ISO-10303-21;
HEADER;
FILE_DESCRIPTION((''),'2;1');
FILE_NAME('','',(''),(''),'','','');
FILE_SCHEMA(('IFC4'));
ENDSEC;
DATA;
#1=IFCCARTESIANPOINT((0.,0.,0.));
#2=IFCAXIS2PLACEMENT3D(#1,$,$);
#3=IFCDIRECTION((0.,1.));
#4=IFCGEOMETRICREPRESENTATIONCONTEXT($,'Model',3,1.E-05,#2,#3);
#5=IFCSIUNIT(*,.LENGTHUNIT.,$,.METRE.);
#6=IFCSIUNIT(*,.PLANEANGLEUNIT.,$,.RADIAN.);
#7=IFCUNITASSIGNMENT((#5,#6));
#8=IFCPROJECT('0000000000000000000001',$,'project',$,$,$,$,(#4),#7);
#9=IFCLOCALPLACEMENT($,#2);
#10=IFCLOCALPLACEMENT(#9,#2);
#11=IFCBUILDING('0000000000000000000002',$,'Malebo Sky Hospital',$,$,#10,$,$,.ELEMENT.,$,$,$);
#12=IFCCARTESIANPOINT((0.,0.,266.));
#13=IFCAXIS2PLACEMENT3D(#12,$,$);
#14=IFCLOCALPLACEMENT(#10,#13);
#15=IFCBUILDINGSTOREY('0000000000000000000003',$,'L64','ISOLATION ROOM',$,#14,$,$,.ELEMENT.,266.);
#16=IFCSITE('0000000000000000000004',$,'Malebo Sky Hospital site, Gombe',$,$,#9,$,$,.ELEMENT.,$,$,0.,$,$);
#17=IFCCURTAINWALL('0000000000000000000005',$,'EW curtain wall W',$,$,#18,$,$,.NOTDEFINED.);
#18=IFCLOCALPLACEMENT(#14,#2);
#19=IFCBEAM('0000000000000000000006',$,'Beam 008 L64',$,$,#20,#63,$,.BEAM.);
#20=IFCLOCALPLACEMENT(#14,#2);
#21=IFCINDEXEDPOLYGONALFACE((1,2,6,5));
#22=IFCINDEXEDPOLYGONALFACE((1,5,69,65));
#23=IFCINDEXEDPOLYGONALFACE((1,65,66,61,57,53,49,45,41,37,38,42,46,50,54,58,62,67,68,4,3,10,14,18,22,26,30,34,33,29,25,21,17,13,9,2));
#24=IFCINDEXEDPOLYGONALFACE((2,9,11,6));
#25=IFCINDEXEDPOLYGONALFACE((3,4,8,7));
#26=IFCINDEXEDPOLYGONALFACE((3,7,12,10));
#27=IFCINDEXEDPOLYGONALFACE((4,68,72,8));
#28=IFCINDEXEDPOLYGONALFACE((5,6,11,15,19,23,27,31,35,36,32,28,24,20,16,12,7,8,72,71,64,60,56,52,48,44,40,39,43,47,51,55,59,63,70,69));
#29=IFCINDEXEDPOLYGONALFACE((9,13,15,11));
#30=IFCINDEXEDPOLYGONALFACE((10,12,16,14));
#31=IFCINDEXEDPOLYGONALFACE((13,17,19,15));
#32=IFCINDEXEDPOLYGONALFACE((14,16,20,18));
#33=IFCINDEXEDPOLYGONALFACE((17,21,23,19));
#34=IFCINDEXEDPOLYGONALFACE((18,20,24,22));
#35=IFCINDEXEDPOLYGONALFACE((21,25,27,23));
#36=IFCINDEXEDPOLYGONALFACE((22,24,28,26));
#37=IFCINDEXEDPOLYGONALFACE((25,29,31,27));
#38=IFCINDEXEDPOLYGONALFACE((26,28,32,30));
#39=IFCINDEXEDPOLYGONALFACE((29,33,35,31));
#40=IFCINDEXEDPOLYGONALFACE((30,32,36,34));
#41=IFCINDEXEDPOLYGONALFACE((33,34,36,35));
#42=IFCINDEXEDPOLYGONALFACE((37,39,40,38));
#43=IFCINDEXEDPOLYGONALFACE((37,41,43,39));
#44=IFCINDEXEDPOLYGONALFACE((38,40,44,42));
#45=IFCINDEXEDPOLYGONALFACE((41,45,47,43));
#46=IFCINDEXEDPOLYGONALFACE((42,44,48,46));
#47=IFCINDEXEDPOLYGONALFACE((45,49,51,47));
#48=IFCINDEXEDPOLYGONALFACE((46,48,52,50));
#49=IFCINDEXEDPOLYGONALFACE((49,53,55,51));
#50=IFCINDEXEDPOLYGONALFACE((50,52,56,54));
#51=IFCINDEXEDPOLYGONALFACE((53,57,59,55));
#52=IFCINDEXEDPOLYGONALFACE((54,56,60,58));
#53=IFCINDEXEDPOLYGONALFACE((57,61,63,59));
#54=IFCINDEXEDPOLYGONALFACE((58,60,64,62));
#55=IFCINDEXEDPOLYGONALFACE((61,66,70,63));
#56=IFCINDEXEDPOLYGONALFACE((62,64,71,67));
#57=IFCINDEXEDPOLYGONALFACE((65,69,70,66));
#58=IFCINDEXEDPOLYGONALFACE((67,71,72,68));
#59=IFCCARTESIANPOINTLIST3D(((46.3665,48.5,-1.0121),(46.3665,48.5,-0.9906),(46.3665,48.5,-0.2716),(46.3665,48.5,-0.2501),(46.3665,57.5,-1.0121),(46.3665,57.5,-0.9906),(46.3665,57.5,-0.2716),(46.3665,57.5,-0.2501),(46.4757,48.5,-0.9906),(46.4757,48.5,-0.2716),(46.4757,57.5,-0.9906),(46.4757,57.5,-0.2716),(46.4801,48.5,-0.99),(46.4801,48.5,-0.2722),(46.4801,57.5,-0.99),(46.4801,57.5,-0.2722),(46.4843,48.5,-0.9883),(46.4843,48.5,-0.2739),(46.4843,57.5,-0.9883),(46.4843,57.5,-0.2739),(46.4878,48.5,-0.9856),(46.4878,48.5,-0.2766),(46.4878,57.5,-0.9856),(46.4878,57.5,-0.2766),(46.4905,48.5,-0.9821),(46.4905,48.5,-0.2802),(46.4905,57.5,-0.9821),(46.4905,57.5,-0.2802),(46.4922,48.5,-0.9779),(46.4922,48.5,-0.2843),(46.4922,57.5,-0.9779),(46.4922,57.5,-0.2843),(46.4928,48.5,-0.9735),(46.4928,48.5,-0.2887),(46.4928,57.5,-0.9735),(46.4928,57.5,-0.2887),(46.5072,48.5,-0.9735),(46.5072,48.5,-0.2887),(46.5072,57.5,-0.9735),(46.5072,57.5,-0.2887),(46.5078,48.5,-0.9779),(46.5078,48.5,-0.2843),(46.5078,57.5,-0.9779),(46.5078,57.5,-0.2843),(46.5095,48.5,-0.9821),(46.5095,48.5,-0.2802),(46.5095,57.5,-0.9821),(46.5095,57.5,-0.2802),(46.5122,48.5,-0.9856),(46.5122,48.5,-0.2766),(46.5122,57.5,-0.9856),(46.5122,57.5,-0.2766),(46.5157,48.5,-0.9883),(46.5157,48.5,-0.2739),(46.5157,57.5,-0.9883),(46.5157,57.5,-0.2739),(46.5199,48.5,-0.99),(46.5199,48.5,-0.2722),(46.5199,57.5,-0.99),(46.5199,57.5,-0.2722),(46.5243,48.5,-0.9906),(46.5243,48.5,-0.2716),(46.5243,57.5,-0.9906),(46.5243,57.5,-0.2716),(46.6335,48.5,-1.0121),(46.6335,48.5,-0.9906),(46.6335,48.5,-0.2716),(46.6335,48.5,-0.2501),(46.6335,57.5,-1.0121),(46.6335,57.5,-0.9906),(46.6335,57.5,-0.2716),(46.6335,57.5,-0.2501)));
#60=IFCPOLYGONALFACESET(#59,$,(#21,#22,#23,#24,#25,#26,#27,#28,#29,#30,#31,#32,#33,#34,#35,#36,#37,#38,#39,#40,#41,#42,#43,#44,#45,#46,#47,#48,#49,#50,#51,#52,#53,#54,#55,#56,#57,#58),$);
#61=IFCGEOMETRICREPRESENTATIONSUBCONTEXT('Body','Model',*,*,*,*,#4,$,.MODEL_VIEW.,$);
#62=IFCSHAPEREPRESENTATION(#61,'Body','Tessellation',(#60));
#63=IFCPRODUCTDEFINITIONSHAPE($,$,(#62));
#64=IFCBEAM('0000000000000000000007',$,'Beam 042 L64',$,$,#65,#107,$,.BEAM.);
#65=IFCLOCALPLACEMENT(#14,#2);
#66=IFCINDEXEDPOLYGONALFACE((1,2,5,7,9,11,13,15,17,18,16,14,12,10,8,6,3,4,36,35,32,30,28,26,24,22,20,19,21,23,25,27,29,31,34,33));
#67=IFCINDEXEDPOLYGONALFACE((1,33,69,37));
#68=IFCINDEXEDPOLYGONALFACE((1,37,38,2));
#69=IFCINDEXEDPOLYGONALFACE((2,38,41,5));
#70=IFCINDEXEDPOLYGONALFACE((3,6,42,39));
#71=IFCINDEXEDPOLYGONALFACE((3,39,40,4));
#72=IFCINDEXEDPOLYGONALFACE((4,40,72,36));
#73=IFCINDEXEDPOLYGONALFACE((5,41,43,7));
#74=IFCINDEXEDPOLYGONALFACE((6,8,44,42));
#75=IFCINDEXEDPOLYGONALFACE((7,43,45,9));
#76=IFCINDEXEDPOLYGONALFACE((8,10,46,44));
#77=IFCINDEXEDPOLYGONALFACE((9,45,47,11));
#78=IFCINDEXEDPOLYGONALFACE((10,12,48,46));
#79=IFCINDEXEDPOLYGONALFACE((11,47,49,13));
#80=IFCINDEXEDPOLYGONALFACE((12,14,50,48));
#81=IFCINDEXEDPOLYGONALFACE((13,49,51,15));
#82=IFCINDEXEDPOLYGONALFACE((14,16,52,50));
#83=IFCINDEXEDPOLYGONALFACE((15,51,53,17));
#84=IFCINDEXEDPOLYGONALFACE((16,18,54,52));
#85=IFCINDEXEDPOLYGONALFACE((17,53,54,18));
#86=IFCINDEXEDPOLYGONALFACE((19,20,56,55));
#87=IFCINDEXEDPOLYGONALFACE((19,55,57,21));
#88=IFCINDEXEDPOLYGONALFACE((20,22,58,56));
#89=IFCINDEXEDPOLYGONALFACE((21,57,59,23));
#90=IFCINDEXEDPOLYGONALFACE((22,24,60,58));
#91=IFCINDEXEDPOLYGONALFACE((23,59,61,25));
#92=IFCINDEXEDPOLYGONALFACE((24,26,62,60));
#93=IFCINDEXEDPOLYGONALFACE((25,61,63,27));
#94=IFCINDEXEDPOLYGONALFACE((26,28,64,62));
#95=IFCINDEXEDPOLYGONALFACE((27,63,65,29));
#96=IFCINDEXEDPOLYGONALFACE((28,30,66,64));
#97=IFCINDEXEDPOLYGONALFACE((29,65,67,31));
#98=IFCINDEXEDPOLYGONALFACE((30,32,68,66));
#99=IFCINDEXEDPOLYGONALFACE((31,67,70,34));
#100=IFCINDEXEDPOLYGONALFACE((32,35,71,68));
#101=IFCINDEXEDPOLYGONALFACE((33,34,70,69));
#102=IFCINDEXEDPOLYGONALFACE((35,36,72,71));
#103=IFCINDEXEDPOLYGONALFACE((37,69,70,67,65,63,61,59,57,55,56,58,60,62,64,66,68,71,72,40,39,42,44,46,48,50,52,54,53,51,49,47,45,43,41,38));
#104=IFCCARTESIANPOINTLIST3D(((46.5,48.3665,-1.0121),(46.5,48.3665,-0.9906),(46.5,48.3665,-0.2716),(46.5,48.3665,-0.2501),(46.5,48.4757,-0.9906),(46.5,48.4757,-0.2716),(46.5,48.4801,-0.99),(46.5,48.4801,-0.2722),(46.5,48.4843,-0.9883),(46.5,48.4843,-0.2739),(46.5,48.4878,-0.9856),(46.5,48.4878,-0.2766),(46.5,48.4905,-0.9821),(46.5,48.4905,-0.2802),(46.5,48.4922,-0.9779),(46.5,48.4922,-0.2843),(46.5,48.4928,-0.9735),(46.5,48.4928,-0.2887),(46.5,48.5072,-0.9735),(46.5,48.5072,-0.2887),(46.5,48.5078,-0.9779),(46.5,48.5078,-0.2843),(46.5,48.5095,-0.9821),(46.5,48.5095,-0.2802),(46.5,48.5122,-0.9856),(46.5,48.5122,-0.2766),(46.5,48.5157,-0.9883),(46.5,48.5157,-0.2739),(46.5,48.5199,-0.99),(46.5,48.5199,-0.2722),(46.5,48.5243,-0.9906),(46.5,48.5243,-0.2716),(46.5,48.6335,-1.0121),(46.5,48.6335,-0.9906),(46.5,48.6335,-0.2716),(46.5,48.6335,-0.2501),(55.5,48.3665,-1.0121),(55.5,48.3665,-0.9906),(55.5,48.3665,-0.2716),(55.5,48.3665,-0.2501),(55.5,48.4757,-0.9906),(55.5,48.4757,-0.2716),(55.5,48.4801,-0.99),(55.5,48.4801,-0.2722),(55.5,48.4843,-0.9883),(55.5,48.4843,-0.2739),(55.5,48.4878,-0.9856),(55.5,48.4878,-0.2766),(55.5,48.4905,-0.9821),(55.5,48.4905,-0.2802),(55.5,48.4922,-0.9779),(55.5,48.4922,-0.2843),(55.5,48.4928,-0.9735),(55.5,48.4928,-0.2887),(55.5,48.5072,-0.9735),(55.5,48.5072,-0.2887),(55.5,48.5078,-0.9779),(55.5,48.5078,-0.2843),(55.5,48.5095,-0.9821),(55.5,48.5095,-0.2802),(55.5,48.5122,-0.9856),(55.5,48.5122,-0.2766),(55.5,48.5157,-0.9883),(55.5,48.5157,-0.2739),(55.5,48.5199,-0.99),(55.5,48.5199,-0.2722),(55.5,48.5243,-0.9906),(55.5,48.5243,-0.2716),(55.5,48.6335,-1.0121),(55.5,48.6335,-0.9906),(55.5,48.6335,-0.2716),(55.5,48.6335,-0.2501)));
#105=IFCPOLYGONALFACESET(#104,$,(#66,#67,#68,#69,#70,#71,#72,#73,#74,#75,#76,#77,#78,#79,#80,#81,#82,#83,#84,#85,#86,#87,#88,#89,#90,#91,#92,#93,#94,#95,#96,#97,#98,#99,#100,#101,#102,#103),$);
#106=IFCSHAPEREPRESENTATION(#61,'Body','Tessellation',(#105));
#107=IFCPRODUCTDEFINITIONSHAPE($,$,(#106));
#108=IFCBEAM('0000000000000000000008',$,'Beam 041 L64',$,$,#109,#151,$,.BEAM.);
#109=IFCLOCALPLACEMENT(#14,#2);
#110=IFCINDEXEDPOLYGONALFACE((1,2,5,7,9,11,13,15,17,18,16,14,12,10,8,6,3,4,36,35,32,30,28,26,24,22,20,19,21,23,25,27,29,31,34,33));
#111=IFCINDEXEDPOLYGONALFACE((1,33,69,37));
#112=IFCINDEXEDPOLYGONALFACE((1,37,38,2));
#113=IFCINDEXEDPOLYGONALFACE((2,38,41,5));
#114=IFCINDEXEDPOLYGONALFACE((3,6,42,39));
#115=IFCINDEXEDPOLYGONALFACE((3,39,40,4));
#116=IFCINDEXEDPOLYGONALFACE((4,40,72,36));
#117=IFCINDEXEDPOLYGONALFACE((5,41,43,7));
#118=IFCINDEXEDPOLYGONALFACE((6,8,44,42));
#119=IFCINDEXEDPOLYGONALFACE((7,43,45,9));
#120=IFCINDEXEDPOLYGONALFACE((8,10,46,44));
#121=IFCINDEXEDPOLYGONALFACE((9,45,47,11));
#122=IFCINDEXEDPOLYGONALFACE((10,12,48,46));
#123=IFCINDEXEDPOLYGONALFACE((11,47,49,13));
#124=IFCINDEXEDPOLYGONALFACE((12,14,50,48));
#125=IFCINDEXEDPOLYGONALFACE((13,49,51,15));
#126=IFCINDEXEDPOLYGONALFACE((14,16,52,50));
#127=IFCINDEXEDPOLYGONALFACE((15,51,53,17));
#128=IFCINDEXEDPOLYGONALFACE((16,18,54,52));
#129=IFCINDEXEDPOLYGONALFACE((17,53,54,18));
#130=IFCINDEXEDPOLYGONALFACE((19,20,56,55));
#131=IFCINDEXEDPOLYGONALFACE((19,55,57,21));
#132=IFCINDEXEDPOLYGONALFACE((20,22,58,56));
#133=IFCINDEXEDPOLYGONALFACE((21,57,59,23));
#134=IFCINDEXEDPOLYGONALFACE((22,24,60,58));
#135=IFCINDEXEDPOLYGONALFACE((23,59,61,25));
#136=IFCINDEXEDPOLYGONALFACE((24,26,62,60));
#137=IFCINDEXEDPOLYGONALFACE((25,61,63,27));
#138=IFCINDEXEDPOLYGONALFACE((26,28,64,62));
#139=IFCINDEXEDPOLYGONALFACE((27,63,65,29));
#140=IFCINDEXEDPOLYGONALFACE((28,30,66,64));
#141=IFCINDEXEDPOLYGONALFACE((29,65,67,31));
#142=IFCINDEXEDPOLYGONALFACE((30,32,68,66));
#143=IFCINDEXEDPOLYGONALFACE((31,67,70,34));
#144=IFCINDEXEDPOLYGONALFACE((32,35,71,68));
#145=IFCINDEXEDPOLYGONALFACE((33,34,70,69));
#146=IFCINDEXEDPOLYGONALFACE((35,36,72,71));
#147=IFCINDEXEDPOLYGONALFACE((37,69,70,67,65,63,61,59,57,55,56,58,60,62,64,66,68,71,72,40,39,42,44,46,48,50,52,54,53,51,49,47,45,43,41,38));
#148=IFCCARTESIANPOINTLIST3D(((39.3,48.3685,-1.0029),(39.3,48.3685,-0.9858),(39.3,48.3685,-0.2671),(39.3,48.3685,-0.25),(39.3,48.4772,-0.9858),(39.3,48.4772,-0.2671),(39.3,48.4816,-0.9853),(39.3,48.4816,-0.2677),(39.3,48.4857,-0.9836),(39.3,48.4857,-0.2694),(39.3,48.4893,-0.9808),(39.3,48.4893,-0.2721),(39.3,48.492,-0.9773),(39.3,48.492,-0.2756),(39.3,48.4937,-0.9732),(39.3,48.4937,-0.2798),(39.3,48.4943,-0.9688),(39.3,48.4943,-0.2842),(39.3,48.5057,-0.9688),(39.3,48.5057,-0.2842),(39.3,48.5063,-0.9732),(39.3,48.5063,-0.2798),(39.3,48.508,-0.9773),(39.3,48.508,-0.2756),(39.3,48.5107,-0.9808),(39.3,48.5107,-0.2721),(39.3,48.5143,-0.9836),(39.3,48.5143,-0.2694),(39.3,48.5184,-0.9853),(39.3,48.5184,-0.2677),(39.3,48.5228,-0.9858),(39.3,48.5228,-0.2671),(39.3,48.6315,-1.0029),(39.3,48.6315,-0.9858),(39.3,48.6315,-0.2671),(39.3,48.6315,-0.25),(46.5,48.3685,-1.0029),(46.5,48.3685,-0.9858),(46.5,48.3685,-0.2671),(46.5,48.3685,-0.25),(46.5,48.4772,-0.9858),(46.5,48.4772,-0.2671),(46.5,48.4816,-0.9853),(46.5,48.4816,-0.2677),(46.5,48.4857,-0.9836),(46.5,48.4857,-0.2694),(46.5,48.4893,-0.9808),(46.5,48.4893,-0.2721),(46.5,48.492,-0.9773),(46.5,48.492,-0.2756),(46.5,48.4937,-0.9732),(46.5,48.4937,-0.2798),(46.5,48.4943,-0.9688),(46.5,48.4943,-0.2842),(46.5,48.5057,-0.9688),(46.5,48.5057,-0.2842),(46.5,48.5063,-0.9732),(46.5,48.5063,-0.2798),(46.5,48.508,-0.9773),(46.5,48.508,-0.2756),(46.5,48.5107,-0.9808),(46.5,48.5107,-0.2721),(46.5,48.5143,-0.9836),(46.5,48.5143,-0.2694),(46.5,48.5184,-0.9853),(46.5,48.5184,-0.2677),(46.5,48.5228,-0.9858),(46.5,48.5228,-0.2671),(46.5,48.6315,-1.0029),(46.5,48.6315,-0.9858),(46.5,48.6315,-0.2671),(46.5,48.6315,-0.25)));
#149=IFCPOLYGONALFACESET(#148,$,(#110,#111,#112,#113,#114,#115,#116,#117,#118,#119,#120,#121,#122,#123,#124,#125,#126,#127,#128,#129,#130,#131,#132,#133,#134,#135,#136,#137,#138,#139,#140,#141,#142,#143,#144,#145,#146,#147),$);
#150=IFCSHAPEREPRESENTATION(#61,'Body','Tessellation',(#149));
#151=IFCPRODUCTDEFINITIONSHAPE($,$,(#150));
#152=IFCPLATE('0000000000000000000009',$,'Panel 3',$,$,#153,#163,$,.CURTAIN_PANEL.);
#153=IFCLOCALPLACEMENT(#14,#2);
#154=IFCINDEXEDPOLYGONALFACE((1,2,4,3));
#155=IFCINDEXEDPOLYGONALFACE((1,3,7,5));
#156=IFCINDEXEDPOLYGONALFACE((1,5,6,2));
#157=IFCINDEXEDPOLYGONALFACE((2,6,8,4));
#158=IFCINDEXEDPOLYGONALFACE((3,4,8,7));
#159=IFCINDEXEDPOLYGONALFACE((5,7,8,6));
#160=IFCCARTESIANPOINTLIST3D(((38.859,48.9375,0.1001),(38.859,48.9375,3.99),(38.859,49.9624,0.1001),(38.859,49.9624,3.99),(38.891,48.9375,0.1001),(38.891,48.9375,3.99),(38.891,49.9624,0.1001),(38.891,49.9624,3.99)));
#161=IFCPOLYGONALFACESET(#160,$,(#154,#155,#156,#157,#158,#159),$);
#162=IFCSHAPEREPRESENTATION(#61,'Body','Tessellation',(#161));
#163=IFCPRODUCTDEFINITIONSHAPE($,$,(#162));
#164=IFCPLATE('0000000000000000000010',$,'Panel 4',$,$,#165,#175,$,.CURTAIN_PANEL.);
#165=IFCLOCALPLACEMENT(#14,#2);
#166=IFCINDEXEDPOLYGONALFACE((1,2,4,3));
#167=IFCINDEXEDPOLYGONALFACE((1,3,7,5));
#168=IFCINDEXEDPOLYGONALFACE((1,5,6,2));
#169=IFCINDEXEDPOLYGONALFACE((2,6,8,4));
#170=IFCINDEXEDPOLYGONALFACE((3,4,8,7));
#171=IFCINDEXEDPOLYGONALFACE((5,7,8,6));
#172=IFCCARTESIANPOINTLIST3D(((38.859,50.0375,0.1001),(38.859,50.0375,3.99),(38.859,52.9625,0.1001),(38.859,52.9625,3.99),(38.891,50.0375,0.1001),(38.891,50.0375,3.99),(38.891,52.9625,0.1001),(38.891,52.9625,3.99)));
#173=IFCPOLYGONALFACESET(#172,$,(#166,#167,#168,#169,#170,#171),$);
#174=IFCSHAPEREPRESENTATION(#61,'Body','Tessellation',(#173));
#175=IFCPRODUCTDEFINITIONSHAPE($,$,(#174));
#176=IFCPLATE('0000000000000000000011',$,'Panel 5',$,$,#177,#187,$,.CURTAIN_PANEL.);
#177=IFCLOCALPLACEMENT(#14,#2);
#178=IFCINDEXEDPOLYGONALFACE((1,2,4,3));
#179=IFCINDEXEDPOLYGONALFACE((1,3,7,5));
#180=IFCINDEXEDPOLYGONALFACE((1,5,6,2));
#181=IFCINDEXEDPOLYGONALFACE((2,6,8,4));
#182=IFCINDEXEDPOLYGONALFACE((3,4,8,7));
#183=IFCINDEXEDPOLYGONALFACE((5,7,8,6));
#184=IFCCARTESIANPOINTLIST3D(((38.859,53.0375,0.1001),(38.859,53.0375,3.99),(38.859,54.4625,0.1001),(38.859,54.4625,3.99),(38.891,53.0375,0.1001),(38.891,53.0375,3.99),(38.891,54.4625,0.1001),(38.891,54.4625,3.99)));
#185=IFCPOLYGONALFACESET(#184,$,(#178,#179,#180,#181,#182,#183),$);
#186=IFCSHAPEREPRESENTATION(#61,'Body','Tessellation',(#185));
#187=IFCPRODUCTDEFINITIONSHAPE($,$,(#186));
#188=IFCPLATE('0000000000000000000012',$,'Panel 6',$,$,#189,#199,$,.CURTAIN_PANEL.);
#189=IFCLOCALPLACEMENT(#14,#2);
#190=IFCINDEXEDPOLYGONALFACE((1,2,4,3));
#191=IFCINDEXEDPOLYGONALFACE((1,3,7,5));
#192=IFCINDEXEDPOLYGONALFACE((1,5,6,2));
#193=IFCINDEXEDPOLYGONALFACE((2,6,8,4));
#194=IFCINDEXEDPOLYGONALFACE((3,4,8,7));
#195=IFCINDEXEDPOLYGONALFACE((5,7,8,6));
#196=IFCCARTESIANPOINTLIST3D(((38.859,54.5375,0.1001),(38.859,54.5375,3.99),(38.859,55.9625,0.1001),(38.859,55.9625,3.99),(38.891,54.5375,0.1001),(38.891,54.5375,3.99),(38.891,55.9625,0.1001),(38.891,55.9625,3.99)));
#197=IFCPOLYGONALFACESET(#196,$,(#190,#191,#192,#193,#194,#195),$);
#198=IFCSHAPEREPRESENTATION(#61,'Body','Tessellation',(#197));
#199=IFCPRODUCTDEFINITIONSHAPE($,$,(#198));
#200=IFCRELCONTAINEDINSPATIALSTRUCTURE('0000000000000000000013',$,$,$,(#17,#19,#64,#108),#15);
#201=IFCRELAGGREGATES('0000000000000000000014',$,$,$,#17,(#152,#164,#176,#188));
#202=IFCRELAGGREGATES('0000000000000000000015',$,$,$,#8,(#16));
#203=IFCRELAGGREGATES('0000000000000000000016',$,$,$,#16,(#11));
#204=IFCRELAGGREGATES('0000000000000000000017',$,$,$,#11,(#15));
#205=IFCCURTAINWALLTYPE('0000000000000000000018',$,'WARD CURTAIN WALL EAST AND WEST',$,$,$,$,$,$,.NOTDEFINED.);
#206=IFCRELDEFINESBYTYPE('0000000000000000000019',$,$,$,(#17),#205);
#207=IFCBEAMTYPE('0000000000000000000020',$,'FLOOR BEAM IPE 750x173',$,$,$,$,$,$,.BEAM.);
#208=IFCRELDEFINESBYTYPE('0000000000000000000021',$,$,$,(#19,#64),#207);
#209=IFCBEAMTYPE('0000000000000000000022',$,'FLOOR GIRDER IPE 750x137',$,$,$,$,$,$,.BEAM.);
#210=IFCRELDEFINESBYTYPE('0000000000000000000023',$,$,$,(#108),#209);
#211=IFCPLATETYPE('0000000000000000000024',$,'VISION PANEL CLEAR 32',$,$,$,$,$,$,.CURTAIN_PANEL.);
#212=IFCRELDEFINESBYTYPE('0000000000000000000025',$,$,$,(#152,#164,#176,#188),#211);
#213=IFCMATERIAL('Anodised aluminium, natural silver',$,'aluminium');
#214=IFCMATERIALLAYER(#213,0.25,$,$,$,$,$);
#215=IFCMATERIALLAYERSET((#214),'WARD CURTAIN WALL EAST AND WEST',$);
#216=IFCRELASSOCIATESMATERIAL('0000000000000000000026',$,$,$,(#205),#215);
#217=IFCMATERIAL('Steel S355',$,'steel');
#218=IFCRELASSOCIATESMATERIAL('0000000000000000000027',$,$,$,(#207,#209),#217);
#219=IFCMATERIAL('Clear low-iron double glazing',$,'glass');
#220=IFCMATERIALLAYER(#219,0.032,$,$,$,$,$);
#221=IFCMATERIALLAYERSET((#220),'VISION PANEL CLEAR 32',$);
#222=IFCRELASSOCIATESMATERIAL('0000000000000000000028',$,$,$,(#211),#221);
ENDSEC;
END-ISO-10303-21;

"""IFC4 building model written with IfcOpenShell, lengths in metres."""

from ifc_helpers import new_model, si_unit, direction, frame, origin, origin_2d, place, context, subcontext, project, spatial, rectangle, i_section, extrude, material, layer, layer_set, material_profile, profile_set, type_object, element, aggregate, save


model = new_model("IFC4")

# Units and contexts
model_context = context("Model", 3, precision=1e-05, world=origin(), true_north=direction((0.0, 1.0)))
body_context = subcontext(model_context, "Body", "Model", "MODEL_VIEW")
ifc_project = project(units=[si_unit("LENGTHUNIT", "METRE"), si_unit("PLANEANGLEUNIT", "RADIAN")], contexts=[model_context])

# Site, building, storey
site_placement = place(None, origin())
site = spatial("IfcSite", under=ifc_project, at=site_placement, Name="Malebo Sky Hospital site, Gombe", CompositionType="ELEMENT", RefElevation=0.0)
building_placement = place(site_placement, origin())
building = spatial("IfcBuilding", under=site, at=building_placement, Name="Malebo Sky Hospital", CompositionType="ELEMENT")
storey_placement = place(building_placement, frame((0.0, 0.0, 266.0)))
storey = spatial("IfcBuildingStorey", under=building, at=storey_placement, Name="L64", Description="ISOLATION ROOM", CompositionType="ELEMENT", Elevation=266.0)

# Curtain wall
ifc_material_1 = material(Name="Anodised aluminium, natural silver", Category="aluminium")
ifc_layer_1 = layer(ifc_material_1, 0.25)
ifc_layer_set_1 = layer_set([ifc_layer_1], Name="WARD CURTAIN WALL EAST AND WEST")
curtain_wall_type = type_object("IfcCurtainWallType", Name="WARD CURTAIN WALL EAST AND WEST", PredefinedType="NOTDEFINED", material=ifc_layer_set_1)
curtain_wall_placement = place(storey_placement, origin())
curtain_wall = element("IfcCurtainWall", 1, at=curtain_wall_placement, inside=storey, type_object=curtain_wall_type, Name="EW curtain wall W", PredefinedType="NOTDEFINED")

# Shared definitions
ifc_material_2 = material(Name="Steel S355", Category="steel")

# Beams
ifc_material_profile_1 = material_profile(ifc_material_2, i_section(OverallWidth=0.2671, OverallDepth=0.762, WebThickness=0.0144, FlangeThickness=0.0215, FilletRadius=0.0171, at=origin_2d()), Name="IPE 750x173")
ifc_profile_set_1 = profile_set([ifc_material_profile_1], Name="Steel S355")
beam_type_1 = type_object("IfcBeamType", Name="FLOOR BEAM IPE 750x173", PredefinedType="BEAM", material=ifc_profile_set_1)
for number, where, z_axis, x_axis, name in (
    (2, (46.5, 48.5, -0.6311), (0.0, 1.0, 0.0), (-1.0, 0.0, 0.0), "Beam 008 L64"),
    (3, (46.5, 48.5, -0.6311), (1.0, 0.0, 0.0), (0.0, 1.0, 0.0), "Beam 042 L64"),
):
    element("IfcBeam", number, at=place(storey_placement, frame(where, z_axis=z_axis, x_axis=x_axis)), inside=storey, type_object=beam_type_1, Name=name, PredefinedType="BEAM", context=body_context, shape_type="SweptSolid", body=[
        extrude(i_section(OverallWidth=0.2671, OverallDepth=0.762, WebThickness=0.0144, FlangeThickness=0.0215, FilletRadius=0.0171, at=origin_2d()), origin(), (0.0, 0.0, 1.0), 9.0),
    ])
ifc_material_profile_2 = material_profile(ifc_material_2, i_section(OverallWidth=0.2629, OverallDepth=0.7529, WebThickness=0.0115, FlangeThickness=0.0171, FilletRadius=0.0171, at=origin_2d()), Name="IPE 750x137")
ifc_profile_set_2 = profile_set([ifc_material_profile_2], Name="Steel S355")
beam_type_2 = type_object("IfcBeamType", Name="FLOOR GIRDER IPE 750x137", PredefinedType="BEAM", material=ifc_profile_set_2)
beam_1_placement = place(storey_placement, frame((39.3, 48.5, -0.6265), z_axis=(1.0, 0.0, 0.0), x_axis=(0.0, 1.0, 0.0)))
element("IfcBeam", 4, at=beam_1_placement, inside=storey, type_object=beam_type_2, Name="Beam 041 L64", PredefinedType="BEAM", context=body_context, shape_type="SweptSolid", body=[
    extrude(i_section(OverallWidth=0.2629, OverallDepth=0.7529, WebThickness=0.0115, FlangeThickness=0.0171, FilletRadius=0.0171, at=origin_2d()), origin(), (0.0, 0.0, 1.0), 7.2),
])

# Plates
ifc_material_3 = material(Name="Clear low-iron double glazing", Category="glass")
ifc_layer_2 = layer(ifc_material_3, 0.032)
ifc_layer_set_2 = layer_set([ifc_layer_2], Name="VISION PANEL CLEAR 32")
plate_type = type_object("IfcPlateType", Name="VISION PANEL CLEAR 32", PredefinedType="CURTAIN_PANEL", material=ifc_layer_set_2)
plate_1_placement = place(storey_placement, frame((38.875, 49.45, 0.1001), z_axis=(0.0, 0.0, 1.0), x_axis=(0.0, 1.0, 0.0)))
plate_1 = element("IfcPlate", 5, at=plate_1_placement, type_object=plate_type, Name="Panel 3", PredefinedType="CURTAIN_PANEL", context=body_context, shape_type="SweptSolid", body=[
    extrude(rectangle(XDim=1.0249, YDim=0.032, at=origin_2d()), origin(), (0.0, 0.0, 1.0), 3.8899),
])
plate_2_placement = place(storey_placement, frame((38.875, 51.5, 0.1001), z_axis=(0.0, 0.0, 1.0), x_axis=(0.0, 1.0, 0.0)))
plate_2 = element("IfcPlate", 6, at=plate_2_placement, type_object=plate_type, Name="Panel 4", PredefinedType="CURTAIN_PANEL", context=body_context, shape_type="SweptSolid", body=[
    extrude(rectangle(XDim=2.925, YDim=0.032, at=origin_2d()), origin(), (0.0, 0.0, 1.0), 3.8899),
])
plate_3_placement = place(storey_placement, frame((38.875, 53.75, 0.1001), z_axis=(0.0, 0.0, 1.0), x_axis=(0.0, 1.0, 0.0)))
plate_3 = element("IfcPlate", 7, at=plate_3_placement, type_object=plate_type, Name="Panel 5", PredefinedType="CURTAIN_PANEL", context=body_context, shape_type="SweptSolid", body=[
    extrude(rectangle(XDim=1.425, YDim=0.032, at=origin_2d()), origin(), (0.0, 0.0, 1.0), 3.8899),
])
plate_4_placement = place(storey_placement, frame((38.875, 55.25, 0.1001), z_axis=(0.0, 0.0, 1.0), x_axis=(0.0, 1.0, 0.0)))
plate_4 = element("IfcPlate", 8, at=plate_4_placement, type_object=plate_type, Name="Panel 6", PredefinedType="CURTAIN_PANEL", context=body_context, shape_type="SweptSolid", body=[
    extrude(rectangle(XDim=1.425, YDim=0.032, at=origin_2d()), origin(), (0.0, 0.0, 1.0), 3.8899),
])
aggregate(curtain_wall, [plate_1, plate_2, plate_3, plate_4])

save(model, "model.ifc")
